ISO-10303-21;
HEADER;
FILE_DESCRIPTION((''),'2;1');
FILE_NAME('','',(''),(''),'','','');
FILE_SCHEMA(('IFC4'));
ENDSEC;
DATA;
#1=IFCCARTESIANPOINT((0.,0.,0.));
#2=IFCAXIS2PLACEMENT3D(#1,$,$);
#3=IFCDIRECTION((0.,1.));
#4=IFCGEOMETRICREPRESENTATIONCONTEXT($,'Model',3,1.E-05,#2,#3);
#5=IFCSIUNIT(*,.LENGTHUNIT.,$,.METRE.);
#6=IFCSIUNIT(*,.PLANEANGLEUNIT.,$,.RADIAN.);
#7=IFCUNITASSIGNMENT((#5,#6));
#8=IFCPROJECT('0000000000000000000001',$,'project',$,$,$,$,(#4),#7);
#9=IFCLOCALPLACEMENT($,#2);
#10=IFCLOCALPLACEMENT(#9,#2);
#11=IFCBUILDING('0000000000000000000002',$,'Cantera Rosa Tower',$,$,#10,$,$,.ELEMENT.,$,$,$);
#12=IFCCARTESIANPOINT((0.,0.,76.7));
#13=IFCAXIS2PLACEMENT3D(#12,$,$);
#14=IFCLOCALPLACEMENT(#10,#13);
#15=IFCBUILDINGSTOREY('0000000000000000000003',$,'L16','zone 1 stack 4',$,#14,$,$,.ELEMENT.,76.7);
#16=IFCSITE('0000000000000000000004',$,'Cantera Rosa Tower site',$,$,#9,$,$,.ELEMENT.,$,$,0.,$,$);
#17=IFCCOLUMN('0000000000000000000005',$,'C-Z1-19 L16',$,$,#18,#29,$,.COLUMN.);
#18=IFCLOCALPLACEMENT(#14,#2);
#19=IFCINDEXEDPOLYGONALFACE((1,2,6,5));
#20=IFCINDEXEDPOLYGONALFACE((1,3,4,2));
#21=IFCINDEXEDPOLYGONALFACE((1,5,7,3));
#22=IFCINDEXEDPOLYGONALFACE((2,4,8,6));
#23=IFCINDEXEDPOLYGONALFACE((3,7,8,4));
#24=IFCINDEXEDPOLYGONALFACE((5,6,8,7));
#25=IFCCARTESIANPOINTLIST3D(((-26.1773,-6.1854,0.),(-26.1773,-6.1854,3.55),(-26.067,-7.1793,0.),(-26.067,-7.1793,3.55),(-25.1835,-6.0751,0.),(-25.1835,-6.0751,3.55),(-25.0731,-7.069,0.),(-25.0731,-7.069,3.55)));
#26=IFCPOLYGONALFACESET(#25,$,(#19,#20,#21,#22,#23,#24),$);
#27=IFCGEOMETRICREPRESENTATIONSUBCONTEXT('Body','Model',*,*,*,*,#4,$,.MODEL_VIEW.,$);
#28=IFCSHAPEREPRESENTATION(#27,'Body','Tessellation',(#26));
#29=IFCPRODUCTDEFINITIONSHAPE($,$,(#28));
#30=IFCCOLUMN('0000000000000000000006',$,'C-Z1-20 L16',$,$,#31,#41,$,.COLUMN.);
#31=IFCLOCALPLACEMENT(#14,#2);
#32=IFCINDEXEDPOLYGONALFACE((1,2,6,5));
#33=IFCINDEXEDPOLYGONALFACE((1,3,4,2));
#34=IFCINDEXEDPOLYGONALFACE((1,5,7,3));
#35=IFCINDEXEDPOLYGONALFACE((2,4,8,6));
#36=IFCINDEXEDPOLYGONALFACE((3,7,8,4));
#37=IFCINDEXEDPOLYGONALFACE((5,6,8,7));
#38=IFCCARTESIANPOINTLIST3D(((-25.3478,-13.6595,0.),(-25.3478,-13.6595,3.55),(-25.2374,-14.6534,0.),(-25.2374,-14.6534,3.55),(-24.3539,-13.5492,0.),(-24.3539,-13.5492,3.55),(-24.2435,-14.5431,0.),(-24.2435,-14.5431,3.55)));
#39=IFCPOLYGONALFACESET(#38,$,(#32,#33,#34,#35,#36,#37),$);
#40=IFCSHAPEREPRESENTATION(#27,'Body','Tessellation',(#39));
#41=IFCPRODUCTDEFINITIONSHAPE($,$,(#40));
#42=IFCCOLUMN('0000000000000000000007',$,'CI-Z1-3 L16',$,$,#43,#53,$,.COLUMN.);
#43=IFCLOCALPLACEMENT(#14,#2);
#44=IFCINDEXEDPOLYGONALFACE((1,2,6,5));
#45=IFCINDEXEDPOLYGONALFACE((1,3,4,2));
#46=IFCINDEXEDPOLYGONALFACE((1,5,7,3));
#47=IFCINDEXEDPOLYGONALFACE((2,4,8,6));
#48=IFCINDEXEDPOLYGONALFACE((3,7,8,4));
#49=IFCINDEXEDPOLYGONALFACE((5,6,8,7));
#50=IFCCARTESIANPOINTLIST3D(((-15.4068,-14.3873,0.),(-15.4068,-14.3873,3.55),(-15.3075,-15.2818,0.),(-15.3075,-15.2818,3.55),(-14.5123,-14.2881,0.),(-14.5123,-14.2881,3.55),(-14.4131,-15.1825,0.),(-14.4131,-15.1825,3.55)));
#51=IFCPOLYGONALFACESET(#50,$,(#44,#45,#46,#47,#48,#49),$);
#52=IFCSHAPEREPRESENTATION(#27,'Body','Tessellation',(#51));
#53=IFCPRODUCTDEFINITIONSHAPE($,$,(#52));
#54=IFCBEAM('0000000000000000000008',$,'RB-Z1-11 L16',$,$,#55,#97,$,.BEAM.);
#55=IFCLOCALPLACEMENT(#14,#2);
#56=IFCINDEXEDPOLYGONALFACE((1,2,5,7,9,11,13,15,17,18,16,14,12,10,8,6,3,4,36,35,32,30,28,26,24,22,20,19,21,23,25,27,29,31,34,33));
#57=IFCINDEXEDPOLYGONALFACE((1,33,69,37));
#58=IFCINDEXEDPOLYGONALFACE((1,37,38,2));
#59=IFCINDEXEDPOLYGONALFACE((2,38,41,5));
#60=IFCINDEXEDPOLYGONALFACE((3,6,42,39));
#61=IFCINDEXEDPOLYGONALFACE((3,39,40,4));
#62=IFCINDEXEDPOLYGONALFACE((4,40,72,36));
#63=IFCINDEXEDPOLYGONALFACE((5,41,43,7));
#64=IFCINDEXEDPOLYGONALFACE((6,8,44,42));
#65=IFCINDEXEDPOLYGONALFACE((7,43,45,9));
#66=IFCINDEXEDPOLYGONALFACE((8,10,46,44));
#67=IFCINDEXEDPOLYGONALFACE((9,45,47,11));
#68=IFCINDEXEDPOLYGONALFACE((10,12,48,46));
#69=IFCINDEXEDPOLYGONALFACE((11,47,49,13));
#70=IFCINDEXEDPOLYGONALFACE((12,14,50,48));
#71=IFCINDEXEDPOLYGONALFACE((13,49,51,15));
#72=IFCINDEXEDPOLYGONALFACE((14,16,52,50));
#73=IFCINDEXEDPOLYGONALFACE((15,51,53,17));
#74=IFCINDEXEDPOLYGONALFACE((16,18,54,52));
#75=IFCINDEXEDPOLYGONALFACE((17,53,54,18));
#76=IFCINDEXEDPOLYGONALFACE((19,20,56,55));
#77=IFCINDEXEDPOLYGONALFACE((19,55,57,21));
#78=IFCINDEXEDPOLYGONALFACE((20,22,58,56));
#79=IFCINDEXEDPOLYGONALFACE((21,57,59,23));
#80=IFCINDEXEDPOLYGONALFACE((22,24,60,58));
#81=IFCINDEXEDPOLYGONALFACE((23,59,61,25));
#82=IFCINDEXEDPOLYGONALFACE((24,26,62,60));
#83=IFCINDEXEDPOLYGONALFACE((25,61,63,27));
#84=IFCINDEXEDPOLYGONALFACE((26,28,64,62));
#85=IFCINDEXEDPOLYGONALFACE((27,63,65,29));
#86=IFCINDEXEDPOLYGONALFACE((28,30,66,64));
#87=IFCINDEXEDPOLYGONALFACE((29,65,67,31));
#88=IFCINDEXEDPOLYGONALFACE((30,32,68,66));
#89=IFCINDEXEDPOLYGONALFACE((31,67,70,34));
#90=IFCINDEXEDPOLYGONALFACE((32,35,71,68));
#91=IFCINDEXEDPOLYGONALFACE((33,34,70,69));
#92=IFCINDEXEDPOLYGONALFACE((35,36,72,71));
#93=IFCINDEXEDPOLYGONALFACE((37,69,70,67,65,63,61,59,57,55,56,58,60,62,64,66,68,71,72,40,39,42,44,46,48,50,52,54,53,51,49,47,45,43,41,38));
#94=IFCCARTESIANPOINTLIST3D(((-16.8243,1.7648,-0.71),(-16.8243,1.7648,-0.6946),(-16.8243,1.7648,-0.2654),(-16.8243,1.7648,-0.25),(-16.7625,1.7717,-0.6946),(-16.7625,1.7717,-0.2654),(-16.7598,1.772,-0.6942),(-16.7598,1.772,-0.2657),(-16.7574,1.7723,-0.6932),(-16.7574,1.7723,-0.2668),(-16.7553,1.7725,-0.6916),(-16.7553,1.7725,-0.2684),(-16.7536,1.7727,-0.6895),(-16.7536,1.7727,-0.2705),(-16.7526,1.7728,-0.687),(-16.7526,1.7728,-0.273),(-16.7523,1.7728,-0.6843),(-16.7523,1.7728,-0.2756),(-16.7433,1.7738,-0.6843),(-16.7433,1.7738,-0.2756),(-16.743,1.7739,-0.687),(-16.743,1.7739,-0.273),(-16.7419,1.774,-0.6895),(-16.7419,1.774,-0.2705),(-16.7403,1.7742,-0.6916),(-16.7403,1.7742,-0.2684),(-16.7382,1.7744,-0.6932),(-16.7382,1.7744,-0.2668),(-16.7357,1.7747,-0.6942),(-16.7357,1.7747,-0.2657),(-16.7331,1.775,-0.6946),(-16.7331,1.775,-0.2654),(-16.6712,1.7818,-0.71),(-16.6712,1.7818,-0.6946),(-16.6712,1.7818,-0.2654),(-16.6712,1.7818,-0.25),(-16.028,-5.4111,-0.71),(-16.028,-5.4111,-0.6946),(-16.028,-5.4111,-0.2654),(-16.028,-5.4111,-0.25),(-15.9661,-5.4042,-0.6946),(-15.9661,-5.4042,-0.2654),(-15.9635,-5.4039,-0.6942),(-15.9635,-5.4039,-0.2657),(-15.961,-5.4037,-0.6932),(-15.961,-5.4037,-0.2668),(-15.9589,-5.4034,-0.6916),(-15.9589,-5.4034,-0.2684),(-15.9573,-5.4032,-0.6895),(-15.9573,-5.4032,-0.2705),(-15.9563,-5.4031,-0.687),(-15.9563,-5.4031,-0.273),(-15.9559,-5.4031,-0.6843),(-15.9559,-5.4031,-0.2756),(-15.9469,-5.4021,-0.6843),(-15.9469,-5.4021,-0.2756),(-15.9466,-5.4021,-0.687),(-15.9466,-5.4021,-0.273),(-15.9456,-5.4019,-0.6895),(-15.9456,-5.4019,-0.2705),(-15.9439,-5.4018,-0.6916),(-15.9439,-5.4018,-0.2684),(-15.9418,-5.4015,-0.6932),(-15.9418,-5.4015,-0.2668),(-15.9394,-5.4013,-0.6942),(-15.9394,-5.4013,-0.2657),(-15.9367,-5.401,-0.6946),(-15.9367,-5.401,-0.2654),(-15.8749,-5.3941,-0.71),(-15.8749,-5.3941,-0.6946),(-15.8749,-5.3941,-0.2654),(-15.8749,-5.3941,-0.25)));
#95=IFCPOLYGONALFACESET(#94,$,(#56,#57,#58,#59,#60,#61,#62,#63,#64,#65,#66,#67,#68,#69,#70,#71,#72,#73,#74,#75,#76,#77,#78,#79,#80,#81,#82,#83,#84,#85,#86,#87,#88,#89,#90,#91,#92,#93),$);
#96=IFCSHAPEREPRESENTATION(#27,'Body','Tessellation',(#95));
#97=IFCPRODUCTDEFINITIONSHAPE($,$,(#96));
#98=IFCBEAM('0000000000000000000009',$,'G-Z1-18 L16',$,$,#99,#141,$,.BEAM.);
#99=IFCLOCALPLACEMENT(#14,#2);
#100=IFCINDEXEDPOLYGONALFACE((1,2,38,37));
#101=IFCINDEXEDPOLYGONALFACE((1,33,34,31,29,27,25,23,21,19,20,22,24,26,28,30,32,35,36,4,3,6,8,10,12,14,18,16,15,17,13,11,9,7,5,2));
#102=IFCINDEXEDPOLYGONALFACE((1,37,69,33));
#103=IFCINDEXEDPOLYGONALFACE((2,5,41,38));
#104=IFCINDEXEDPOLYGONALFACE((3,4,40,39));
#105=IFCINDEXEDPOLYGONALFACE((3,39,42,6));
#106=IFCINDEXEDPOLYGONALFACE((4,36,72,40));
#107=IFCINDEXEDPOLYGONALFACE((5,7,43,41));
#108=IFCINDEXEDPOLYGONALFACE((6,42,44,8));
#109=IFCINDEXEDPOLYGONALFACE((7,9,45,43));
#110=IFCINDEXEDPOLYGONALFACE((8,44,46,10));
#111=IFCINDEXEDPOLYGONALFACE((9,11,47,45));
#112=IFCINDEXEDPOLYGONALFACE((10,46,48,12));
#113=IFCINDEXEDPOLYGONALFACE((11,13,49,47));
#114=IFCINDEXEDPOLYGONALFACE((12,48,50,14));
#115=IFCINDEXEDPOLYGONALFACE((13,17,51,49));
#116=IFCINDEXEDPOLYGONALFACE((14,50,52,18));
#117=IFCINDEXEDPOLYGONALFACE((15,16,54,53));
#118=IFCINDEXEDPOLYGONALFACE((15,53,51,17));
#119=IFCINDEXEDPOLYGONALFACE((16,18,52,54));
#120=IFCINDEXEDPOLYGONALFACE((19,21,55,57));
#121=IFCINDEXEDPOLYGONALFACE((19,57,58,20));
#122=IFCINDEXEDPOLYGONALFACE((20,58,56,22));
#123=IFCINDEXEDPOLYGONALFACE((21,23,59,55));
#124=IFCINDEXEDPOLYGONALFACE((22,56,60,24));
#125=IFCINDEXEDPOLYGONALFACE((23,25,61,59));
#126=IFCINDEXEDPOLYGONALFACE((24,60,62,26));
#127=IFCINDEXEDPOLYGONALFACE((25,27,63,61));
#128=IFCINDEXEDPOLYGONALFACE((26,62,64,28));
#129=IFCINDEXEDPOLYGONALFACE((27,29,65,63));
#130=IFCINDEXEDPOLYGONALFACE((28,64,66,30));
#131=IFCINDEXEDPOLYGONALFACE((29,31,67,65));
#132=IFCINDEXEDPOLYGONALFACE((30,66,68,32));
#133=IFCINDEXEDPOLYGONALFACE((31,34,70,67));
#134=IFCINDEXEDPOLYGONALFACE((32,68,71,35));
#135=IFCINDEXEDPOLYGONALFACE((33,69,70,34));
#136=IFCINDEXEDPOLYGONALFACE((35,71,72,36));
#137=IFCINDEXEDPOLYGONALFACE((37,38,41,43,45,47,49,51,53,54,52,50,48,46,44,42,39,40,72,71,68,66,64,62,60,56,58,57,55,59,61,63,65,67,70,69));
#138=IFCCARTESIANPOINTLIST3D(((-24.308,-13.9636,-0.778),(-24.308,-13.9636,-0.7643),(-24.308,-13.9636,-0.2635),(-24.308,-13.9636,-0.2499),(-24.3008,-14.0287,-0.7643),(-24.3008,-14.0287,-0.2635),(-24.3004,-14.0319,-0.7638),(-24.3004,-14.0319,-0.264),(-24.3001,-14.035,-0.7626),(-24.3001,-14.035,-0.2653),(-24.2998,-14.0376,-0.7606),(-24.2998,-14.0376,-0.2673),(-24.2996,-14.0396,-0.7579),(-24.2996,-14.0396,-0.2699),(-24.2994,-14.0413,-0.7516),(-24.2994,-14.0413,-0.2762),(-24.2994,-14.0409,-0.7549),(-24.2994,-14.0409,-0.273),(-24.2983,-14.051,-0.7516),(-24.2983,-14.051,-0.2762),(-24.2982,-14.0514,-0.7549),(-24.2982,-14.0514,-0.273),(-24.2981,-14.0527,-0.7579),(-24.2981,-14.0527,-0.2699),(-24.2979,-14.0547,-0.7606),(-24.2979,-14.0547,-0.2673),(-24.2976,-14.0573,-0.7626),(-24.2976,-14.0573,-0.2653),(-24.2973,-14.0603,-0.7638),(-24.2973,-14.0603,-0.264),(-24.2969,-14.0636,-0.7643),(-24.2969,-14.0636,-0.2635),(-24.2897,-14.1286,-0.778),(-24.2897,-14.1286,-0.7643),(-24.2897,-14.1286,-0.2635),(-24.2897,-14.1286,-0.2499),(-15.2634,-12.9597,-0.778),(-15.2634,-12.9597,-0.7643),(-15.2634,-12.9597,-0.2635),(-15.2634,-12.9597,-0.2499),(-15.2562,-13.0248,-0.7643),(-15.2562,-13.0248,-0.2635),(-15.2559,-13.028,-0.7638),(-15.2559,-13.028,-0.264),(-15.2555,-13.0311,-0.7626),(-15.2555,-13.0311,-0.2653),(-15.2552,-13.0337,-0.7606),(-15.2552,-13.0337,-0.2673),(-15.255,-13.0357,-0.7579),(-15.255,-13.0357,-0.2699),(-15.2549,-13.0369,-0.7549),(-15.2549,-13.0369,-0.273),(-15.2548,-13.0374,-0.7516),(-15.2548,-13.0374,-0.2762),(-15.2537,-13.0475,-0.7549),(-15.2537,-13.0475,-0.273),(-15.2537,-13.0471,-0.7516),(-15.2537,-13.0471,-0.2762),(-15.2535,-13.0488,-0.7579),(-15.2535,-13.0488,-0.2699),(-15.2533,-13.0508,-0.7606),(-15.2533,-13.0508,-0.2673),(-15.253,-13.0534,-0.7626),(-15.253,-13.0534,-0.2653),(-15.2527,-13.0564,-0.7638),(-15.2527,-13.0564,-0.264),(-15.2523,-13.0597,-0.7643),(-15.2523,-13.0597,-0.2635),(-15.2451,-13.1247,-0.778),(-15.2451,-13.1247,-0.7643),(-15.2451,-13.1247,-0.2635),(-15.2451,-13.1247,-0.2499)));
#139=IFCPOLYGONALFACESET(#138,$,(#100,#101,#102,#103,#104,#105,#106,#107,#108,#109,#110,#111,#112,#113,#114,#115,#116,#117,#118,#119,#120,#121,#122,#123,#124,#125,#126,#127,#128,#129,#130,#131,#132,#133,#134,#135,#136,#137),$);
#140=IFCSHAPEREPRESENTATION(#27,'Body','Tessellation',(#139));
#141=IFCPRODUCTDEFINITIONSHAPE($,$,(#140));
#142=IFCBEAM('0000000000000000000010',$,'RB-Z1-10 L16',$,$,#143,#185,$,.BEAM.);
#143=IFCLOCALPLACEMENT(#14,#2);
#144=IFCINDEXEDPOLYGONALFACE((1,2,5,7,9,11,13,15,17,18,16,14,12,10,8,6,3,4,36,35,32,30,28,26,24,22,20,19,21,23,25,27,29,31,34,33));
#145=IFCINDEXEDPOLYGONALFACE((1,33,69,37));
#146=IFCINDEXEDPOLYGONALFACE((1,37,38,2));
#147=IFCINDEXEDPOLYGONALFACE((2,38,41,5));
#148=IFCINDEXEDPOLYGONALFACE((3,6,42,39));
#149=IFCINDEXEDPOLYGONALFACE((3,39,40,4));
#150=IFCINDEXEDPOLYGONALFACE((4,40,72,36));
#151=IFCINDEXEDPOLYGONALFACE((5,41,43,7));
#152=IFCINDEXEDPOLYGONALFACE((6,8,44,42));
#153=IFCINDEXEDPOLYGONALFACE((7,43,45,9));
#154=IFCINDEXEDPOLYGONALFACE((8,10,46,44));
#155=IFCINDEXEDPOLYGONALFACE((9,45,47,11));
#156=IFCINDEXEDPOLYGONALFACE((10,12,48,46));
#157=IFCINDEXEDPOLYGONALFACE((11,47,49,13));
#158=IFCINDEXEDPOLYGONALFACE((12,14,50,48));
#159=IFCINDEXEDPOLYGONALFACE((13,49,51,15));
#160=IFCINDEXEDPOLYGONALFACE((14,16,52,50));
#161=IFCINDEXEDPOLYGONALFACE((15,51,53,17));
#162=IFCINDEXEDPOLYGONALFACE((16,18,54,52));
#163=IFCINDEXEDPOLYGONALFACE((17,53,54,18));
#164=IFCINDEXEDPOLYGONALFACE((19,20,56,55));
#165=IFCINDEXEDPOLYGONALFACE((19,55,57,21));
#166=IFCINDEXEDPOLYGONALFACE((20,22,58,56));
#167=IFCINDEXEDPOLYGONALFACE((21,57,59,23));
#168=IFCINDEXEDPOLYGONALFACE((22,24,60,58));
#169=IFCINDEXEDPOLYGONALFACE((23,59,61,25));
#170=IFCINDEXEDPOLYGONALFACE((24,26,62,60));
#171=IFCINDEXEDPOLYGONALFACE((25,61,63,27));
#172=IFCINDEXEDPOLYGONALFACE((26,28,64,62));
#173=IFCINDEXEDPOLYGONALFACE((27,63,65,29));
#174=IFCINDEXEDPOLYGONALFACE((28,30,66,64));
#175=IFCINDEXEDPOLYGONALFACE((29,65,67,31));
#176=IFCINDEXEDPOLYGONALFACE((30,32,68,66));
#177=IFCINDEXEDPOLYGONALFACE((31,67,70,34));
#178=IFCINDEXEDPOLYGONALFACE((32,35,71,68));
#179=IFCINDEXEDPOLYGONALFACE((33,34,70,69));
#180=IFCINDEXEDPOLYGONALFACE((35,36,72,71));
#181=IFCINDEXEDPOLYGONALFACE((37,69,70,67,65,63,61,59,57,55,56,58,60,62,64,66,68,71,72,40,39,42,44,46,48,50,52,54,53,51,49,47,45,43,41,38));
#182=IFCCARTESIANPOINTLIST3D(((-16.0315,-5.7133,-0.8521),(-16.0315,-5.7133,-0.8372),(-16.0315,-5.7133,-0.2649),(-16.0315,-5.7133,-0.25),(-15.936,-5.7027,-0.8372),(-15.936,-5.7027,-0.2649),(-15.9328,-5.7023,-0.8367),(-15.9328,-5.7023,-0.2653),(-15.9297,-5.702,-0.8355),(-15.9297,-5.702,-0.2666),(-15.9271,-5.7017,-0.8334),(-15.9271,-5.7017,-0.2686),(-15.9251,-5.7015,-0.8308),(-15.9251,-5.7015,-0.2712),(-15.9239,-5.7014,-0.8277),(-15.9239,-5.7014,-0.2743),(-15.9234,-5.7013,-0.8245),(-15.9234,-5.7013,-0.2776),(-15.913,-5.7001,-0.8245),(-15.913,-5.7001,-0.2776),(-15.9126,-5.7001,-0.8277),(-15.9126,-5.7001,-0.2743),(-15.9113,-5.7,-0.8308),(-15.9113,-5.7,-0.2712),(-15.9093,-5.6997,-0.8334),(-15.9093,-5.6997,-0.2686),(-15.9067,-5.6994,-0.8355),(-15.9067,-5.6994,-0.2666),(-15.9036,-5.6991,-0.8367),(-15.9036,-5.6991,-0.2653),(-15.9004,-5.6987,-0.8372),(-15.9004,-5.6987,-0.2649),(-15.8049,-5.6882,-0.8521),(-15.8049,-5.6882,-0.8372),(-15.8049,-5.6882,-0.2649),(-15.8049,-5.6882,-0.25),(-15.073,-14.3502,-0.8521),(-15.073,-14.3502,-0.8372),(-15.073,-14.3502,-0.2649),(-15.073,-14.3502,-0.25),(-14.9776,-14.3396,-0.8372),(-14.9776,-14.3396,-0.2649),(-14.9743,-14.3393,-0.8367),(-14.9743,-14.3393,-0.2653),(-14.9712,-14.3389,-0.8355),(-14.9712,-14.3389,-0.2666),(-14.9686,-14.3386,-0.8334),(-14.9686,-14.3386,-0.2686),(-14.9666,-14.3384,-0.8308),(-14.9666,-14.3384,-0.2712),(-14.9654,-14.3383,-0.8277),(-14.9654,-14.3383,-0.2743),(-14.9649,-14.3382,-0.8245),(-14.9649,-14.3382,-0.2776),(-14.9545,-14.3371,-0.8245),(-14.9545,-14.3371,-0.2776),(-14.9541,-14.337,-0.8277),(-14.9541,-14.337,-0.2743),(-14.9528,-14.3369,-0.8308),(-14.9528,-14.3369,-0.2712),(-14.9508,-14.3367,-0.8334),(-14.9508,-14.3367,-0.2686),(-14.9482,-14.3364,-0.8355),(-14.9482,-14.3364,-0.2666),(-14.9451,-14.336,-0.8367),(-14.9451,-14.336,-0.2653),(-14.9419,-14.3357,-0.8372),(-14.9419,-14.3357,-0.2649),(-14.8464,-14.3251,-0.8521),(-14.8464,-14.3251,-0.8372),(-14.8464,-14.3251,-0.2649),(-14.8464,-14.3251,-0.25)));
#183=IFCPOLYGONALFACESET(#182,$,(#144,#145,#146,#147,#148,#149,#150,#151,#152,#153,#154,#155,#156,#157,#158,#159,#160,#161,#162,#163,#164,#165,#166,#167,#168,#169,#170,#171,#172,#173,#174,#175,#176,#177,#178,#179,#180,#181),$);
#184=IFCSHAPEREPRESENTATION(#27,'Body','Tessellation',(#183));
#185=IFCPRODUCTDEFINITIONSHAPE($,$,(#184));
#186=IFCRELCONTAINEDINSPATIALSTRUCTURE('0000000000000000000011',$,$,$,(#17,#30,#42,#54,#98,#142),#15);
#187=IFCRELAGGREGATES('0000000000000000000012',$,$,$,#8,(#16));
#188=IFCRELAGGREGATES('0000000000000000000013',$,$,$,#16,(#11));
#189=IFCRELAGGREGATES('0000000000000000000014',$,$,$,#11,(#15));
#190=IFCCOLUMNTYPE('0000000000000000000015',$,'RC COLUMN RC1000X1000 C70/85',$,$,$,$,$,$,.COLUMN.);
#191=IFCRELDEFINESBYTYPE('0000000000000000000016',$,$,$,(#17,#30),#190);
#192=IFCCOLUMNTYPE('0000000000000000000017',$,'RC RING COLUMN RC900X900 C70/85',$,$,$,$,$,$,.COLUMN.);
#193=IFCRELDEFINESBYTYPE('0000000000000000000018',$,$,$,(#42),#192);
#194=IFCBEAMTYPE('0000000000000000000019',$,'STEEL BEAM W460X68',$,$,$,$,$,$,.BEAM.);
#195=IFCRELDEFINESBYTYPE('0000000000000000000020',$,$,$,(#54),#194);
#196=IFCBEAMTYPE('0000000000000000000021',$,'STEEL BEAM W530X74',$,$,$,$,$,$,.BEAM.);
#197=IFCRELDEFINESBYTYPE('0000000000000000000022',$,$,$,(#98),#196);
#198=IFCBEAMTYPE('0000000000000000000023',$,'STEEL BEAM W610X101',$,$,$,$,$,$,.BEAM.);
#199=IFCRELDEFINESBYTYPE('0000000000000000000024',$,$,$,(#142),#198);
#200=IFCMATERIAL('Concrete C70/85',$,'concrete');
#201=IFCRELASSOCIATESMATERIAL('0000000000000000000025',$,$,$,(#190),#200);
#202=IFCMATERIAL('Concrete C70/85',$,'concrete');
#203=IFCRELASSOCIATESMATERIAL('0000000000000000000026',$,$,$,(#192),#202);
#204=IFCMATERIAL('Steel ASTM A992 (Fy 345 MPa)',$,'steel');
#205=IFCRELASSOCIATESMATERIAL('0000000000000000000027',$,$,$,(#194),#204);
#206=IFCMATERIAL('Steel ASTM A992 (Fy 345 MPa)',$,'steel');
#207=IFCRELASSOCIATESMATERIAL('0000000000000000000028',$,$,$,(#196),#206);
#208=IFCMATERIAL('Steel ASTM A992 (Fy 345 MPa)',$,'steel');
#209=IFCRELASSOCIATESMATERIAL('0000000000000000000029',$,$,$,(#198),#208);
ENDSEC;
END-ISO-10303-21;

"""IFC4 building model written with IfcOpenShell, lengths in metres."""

from ifc_helpers import new_model, si_unit, direction, frame, origin, origin_2d, place, context, subcontext, project, spatial, rectangle, i_section, extrude, material, material_profile, profile_set, type_object, element, save


model = new_model("IFC4")

# Units and contexts
model_context = context("Model", 3, precision=1e-05, world=origin(), true_north=direction((0.0, 1.0)))
body_context = subcontext(model_context, "Body", "Model", "MODEL_VIEW")
ifc_project = project(units=[si_unit("LENGTHUNIT", "METRE"), si_unit("PLANEANGLEUNIT", "RADIAN")], contexts=[model_context])

# Site, building, storey
site_placement = place(None, origin())
site = spatial("IfcSite", under=ifc_project, at=site_placement, Name="Cantera Rosa Tower site", CompositionType="ELEMENT", RefElevation=0.0)
building_placement = place(site_placement, origin())
building = spatial("IfcBuilding", under=site, at=building_placement, Name="Cantera Rosa Tower", CompositionType="ELEMENT")
storey_placement = place(building_placement, frame((0.0, 0.0, 76.7)))
storey = spatial("IfcBuildingStorey", under=building, at=storey_placement, Name="L16", Description="zone 1 stack 4", CompositionType="ELEMENT", Elevation=76.7)

# Columns
ifc_material_1 = material(Name="Concrete C70/85", Category="concrete")
ifc_material_profile_1 = material_profile(ifc_material_1, rectangle(XDim=1.0, YDim=1.0, at=origin_2d()), Name="RC COLUMN RC1000X1000 C70/85")
ifc_profile_set_1 = profile_set([ifc_material_profile_1], Name="Concrete C70/85")
column_type_1 = type_object("IfcColumnType", Name="RC COLUMN RC1000X1000 C70/85", PredefinedType="COLUMN", material=ifc_profile_set_1)
for number, where, z_axis, x_axis, name in (
    (1, (-25.6252, -6.6272, 0.0), (0.0, 0.0, 1.0), (0.993897, 0.110313, 0.0), "C-Z1-19 L16"),
    (2, (-24.7957, -14.1013, 0.0), (0.0, 0.0, 1.0), (0.993897, 0.110313, 0.0), "C-Z1-20 L16"),
):
    element("IfcColumn", number, at=place(storey_placement, frame(where, z_axis=z_axis, x_axis=x_axis)), inside=storey, type_object=column_type_1, Name=name, PredefinedType="COLUMN", context=body_context, shape_type="SweptSolid", body=[
        extrude(rectangle(XDim=1.0, YDim=1.0, at=origin_2d()), origin(), (0.0, 0.0, 1.0), 3.55),
    ])
ifc_material_2 = material(Name="Concrete C70/85", Category="concrete")
ifc_material_profile_2 = material_profile(ifc_material_2, rectangle(XDim=0.8999, YDim=0.8999, at=origin_2d()), Name="RC RING COLUMN RC900X900 C70/85")
ifc_profile_set_2 = profile_set([ifc_material_profile_2], Name="Concrete C70/85")
column_type_2 = type_object("IfcColumnType", Name="RC RING COLUMN RC900X900 C70/85", PredefinedType="COLUMN", material=ifc_profile_set_2)
column_placement = place(storey_placement, frame((-14.9099, -14.7849, 0.0), z_axis=(0.0, 0.0, 1.0), x_axis=(0.993897, 0.110313, 0.0)))
element("IfcColumn", 3, at=column_placement, inside=storey, type_object=column_type_2, Name="CI-Z1-3 L16", PredefinedType="COLUMN", context=body_context, shape_type="SweptSolid", body=[
    extrude(rectangle(XDim=0.8999, YDim=0.8999, at=origin_2d()), origin(), (0.0, 0.0, 1.0), 3.55),
])

# Beams
ifc_material_3 = material(Name="Steel ASTM A992 (Fy 345 MPa)", Category="steel")
ifc_material_profile_3 = material_profile(ifc_material_3, i_section(OverallWidth=0.1541, OverallDepth=0.46, WebThickness=0.009, FlangeThickness=0.0154, FilletRadius=0.0103, at=origin_2d()), Name="W460X68")
ifc_profile_set_3 = profile_set([ifc_material_profile_3], Name="Steel ASTM A992 (Fy 345 MPa)")
beam_type_1 = type_object("IfcBeamType", Name="STEEL BEAM W460X68", PredefinedType="BEAM", material=ifc_profile_set_3)
beam_1_placement = place(storey_placement, frame((-15.9514, -5.4026, -0.48), z_axis=(-0.110302, 0.993898, 0.0), x_axis=(-0.993898, -0.110302, 0.0)))
element("IfcBeam", 4, at=beam_1_placement, inside=storey, type_object=beam_type_1, Name="RB-Z1-11 L16", PredefinedType="BEAM", context=body_context, shape_type="SweptSolid", body=[
    extrude(i_section(OverallWidth=0.1541, OverallDepth=0.46, WebThickness=0.009, FlangeThickness=0.0154, FilletRadius=0.0103, at=origin_2d()), origin(), (0.0, 0.0, 1.0), 7.22),
])
ifc_material_4 = material(Name="Steel ASTM A992 (Fy 345 MPa)", Category="steel")
ifc_material_profile_4 = material_profile(ifc_material_4, i_section(OverallWidth=0.166, OverallDepth=0.5281, WebThickness=0.0098, FlangeThickness=0.0137, FilletRadius=0.0127, at=origin_2d()), Name="W530X74")
ifc_profile_set_4 = profile_set([ifc_material_profile_4], Name="Steel ASTM A992 (Fy 345 MPa)")
beam_type_2 = type_object("IfcBeamType", Name="STEEL BEAM W530X74", PredefinedType="BEAM", material=ifc_profile_set_4)
beam_2_placement = place(storey_placement, frame((-24.2988, -14.0461, -0.5139), z_axis=(0.993896, 0.11032, 0.0), x_axis=(-0.11032, 0.993896, 0.0)))
element("IfcBeam", 5, at=beam_2_placement, inside=storey, type_object=beam_type_2, Name="G-Z1-18 L16", PredefinedType="BEAM", context=body_context, shape_type="SweptSolid", body=[
    extrude(i_section(OverallWidth=0.166, OverallDepth=0.5281, WebThickness=0.0098, FlangeThickness=0.0137, FilletRadius=0.0127, at=origin_2d()), origin(), (0.0, 0.0, 1.0), 9.1001),
])
ifc_material_5 = material(Name="Steel ASTM A992 (Fy 345 MPa)", Category="steel")
ifc_material_profile_5 = material_profile(ifc_material_5, i_section(OverallWidth=0.228, OverallDepth=0.6021, WebThickness=0.0105, FlangeThickness=0.0149, FilletRadius=0.0127, at=origin_2d()), Name="W610X101")
ifc_profile_set_5 = profile_set([ifc_material_profile_5], Name="Steel ASTM A992 (Fy 345 MPa)")
beam_type_3 = type_object("IfcBeamType", Name="STEEL BEAM W610X101", PredefinedType="BEAM", material=ifc_profile_set_5)
beam_3_placement = place(storey_placement, frame((-14.9597, -14.3376, -0.551), z_axis=(-0.110299, 0.993898, 0.0), x_axis=(-0.993898, -0.110299, 0.0)))
element("IfcBeam", 6, at=beam_3_placement, inside=storey, type_object=beam_type_3, Name="RB-Z1-10 L16", PredefinedType="BEAM", context=body_context, shape_type="SweptSolid", body=[
    extrude(i_section(OverallWidth=0.228, OverallDepth=0.6021, WebThickness=0.0105, FlangeThickness=0.0149, FilletRadius=0.0127, at=origin_2d()), origin(), (0.0, 0.0, 1.0), 8.6899),
])

save(model, "model.ifc")
